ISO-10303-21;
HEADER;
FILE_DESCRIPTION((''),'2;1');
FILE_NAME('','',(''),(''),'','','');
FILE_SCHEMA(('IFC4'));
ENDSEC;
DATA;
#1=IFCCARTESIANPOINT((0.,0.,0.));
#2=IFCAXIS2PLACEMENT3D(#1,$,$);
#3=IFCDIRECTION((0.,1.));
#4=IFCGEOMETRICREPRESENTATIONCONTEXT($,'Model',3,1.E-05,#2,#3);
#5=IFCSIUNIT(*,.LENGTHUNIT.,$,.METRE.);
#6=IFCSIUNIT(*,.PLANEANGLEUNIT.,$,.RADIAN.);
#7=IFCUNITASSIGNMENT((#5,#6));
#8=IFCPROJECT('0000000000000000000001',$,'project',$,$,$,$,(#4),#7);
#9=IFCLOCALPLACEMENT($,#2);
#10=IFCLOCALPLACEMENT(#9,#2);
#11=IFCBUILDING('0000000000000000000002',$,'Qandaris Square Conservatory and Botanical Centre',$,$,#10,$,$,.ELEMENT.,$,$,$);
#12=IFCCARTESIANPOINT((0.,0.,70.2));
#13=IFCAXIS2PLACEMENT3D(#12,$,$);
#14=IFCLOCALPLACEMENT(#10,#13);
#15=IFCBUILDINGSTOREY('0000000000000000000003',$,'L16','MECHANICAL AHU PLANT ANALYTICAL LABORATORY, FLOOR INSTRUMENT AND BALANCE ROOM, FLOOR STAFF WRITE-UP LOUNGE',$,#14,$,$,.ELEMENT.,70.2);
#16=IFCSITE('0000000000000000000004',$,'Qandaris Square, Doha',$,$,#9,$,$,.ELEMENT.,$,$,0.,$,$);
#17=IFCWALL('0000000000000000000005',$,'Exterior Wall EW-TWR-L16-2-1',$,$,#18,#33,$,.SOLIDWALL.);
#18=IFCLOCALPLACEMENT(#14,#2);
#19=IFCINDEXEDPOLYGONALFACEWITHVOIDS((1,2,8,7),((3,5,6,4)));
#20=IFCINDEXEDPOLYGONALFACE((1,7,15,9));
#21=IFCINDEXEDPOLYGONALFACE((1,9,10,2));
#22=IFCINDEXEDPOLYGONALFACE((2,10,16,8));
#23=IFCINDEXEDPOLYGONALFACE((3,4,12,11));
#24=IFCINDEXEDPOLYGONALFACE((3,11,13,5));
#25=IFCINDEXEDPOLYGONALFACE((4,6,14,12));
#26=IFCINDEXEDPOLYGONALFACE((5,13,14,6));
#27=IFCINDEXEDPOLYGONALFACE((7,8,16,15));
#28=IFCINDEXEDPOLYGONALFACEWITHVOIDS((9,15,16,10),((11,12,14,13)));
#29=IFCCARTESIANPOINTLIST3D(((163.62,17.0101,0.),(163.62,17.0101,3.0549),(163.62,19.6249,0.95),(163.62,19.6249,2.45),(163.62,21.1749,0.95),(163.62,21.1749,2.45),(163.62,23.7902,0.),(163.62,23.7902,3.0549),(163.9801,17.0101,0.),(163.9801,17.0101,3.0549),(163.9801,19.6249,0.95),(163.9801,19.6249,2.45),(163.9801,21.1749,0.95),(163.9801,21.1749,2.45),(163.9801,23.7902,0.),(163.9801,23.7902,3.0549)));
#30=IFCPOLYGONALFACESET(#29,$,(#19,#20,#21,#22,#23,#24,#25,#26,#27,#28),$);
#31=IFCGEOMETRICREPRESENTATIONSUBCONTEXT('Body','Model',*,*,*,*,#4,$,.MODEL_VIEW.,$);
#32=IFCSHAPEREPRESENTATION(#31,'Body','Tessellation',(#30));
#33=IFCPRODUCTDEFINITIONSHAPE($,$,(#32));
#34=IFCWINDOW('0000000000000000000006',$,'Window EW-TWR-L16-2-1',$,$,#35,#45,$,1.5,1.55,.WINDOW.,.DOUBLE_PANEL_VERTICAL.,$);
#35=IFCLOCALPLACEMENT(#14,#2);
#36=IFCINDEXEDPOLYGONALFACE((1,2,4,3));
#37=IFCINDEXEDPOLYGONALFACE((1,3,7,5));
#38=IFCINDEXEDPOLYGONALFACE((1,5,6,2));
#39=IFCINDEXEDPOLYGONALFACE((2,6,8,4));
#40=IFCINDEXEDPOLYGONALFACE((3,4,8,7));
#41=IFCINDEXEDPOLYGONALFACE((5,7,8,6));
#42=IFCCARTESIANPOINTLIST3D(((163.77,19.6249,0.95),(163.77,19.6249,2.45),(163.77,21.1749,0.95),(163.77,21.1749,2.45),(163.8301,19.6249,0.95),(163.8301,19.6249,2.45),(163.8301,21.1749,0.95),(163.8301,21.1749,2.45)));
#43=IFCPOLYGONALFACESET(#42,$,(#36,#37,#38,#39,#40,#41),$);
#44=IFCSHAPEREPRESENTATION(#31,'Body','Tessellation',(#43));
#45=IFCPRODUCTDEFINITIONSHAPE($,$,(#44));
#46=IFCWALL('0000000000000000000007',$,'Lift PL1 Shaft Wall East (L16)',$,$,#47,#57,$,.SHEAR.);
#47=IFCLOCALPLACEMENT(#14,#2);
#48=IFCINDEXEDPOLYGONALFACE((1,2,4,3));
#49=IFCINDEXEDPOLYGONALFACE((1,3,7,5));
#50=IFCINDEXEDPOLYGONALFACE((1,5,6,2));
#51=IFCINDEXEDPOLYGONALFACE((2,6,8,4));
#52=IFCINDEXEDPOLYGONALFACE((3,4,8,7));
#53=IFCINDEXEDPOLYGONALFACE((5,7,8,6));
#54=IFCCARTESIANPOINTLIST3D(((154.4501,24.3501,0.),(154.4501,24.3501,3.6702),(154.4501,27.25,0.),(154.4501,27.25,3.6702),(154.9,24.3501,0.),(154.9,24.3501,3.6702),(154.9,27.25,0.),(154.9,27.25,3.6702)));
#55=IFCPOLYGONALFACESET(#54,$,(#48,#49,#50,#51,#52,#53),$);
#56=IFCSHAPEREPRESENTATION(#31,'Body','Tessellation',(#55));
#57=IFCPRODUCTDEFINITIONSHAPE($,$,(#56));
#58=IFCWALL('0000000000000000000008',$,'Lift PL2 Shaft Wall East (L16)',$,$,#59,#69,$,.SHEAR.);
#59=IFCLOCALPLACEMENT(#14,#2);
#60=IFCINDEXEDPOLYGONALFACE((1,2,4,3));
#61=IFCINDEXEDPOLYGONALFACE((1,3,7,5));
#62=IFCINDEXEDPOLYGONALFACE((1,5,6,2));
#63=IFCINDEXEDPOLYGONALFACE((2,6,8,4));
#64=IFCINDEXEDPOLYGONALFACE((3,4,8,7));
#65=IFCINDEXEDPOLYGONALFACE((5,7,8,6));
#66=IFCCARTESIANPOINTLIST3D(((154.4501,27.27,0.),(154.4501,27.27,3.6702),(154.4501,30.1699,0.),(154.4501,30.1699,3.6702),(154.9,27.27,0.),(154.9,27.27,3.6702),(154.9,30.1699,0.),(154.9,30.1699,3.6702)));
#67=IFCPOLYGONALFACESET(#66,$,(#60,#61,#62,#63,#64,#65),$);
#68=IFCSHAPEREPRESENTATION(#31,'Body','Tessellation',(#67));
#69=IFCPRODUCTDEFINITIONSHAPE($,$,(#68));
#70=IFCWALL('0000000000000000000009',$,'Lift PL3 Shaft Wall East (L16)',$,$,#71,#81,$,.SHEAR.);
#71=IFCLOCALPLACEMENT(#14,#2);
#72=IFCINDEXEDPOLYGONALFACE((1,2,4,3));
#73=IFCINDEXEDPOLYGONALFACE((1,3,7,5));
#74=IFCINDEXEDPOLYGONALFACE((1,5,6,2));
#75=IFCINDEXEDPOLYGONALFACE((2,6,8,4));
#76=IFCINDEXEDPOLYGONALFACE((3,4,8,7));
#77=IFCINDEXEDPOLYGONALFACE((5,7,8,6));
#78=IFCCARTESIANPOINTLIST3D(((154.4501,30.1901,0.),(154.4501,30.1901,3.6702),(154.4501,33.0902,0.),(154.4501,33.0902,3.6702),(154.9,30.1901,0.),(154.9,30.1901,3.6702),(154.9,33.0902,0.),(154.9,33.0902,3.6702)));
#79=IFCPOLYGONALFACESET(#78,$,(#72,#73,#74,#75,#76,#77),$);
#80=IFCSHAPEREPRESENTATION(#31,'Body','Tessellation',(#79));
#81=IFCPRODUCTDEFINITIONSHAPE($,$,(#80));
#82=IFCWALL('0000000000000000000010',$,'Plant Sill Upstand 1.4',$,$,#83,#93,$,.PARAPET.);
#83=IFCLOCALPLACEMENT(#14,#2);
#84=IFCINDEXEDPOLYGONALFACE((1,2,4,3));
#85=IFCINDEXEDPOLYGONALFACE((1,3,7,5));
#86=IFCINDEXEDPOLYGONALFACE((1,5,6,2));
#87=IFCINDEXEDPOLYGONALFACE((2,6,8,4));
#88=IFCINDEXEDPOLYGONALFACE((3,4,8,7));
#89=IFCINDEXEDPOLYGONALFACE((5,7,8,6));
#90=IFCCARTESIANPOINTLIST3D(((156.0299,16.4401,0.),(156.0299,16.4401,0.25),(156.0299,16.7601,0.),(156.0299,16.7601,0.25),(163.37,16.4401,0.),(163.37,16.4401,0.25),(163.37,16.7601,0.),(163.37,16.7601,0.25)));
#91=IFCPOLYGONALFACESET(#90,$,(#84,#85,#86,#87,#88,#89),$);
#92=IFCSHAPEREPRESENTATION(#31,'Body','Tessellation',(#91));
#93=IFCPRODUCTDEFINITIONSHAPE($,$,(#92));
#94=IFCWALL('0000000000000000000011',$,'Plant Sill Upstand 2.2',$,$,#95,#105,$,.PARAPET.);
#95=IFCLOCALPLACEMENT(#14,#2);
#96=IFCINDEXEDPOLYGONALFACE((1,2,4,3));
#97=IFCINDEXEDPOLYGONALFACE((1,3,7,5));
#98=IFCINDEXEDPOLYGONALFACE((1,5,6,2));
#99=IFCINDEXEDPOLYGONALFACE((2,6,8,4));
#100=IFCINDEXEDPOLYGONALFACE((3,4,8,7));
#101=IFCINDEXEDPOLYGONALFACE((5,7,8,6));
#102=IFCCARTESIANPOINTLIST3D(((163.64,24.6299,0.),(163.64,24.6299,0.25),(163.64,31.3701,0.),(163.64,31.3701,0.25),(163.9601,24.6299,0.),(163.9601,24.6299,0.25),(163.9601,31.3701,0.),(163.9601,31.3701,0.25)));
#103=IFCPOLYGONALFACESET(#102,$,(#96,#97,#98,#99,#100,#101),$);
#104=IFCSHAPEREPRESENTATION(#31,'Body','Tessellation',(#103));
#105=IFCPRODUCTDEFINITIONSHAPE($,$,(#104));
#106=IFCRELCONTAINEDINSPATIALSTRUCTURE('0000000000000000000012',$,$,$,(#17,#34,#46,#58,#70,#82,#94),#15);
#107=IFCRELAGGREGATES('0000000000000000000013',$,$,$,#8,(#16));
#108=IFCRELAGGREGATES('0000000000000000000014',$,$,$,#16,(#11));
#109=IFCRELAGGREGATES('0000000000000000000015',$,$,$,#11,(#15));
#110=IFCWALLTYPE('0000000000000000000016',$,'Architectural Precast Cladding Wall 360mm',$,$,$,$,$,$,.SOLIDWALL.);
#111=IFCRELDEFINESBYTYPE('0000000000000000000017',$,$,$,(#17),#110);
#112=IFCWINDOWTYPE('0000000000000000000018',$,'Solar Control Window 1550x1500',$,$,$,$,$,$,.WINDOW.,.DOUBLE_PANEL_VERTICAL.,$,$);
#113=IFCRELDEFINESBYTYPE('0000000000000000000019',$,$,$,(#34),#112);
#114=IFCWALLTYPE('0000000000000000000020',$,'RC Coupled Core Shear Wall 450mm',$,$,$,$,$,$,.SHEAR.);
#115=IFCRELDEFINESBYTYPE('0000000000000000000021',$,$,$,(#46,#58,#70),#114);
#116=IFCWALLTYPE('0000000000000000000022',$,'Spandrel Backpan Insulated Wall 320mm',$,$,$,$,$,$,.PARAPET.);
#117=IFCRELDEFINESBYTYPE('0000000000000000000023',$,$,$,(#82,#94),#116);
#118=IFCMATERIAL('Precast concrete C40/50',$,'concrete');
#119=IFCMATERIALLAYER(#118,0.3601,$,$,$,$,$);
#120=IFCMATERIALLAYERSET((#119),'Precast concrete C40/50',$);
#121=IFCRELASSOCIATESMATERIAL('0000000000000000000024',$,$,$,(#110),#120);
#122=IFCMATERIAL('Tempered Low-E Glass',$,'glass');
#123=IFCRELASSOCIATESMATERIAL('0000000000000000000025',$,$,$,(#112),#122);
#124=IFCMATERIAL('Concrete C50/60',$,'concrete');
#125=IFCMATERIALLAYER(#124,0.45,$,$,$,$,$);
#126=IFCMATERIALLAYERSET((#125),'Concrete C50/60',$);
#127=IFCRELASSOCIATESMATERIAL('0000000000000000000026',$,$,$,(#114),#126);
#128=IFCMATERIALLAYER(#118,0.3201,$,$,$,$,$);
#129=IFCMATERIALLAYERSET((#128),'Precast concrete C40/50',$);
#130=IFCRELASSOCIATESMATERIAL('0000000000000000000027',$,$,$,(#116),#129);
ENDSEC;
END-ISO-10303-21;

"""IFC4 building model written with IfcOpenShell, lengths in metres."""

from ifc_helpers import new_model, si_unit, direction, frame, frame_2d, origin, place, context, subcontext, project, spatial, rectangle, extrude, material, layer, layer_set, type_object, element, fill, save


model = new_model("IFC4")

# Units and contexts
model_context = context("Model", 3, precision=1e-05, world=origin(), true_north=direction((0.0, 1.0)))
body_context = subcontext(model_context, "Body", "Model", "MODEL_VIEW")
ifc_project = project(units=[si_unit("LENGTHUNIT", "METRE"), si_unit("PLANEANGLEUNIT", "RADIAN")], contexts=[model_context])

# Site, building, storey
site_placement = place(None, origin())
site = spatial("IfcSite", under=ifc_project, at=site_placement, Name="Qandaris Square, Doha", CompositionType="ELEMENT", RefElevation=0.0)
building_placement = place(site_placement, origin())
building = spatial("IfcBuilding", under=site, at=building_placement, Name="Qandaris Square Conservatory and Botanical Centre", CompositionType="ELEMENT")
storey_placement = place(building_placement, frame((0.0, 0.0, 70.2)))
storey = spatial("IfcBuildingStorey", under=building, at=storey_placement, Name="L16", Description="MECHANICAL AHU PLANT ANALYTICAL LABORATORY, FLOOR INSTRUMENT AND BALANCE ROOM, FLOOR STAFF WRITE-UP LOUNGE", CompositionType="ELEMENT", Elevation=70.2)

# Shared definitions
ifc_material_1 = material(Name="Concrete C50/60", Category="concrete")

# Wall, opening, window
ifc_material_2 = material(Name="Precast concrete C40/50", Category="concrete")
ifc_layer_1 = layer(ifc_material_2, 0.3601)
ifc_layer_set_1 = layer_set([ifc_layer_1], Name="Precast concrete C40/50")
wall_type_1 = type_object("IfcWallType", Name="Architectural Precast Cladding Wall 360mm", PredefinedType="SOLIDWALL", material=ifc_layer_set_1)
wall_1_placement = place(storey_placement, frame((163.8, 17.01, 0.0), z_axis=(0.0, 0.0, 1.0), x_axis=(0.0, 1.0, 0.0)))
wall_1 = element("IfcWall", 1, at=wall_1_placement, inside=storey, type_object=wall_type_1, Name="Exterior Wall EW-TWR-L16-2-1", PredefinedType="SOLIDWALL", context=body_context, shape_type="SweptSolid", body=[
    extrude(rectangle(XDim=6.78, YDim=0.3601, at=frame_2d((3.3901, 0.0))), origin(), (0.0, 0.0, 1.0), 3.0549),
])
opening_placement = place(wall_1_placement, frame((2.615, 0.0, 0.95)))
opening = element("IfcOpeningElement", 2, at=opening_placement, cuts=wall_1, PredefinedType="OPENING", context=body_context, shape_type="SweptSolid", body=[
    extrude(rectangle(XDim=1.55, YDim=1.5, at=frame_2d((0.7749, 0.75))), frame((0.0, 0.1919, 0.0), z_axis=(0.0, -1.0, 0.0), x_axis=(1.0, 0.0, 0.0)), (0.0, 0.0, 1.0), 0.384),
])
ifc_material_3 = material(Name="Tempered Low-E Glass", Category="glass")
window_type = type_object("IfcWindowType", Name="Solar Control Window 1550x1500", PartitioningType="DOUBLE_PANEL_VERTICAL", PredefinedType="WINDOW", material=ifc_material_3)
window_placement = place(opening_placement, origin())
window = element("IfcWindow", 3, at=window_placement, inside=storey, type_object=window_type, Name="Window EW-TWR-L16-2-1", OverallHeight=1.5, OverallWidth=1.55, PartitioningType="DOUBLE_PANEL_VERTICAL", PredefinedType="WINDOW", context=body_context, shape_type="SweptSolid", body=[
    extrude(rectangle(XDim=1.55, YDim=1.5, at=frame_2d((0.7749, 0.75))), frame((0.0, 0.03, 0.0), z_axis=(0.0, -1.0, 0.0), x_axis=(1.0, 0.0, 0.0)), (0.0, 0.0, 1.0), 0.0601),
])
fill(opening, window)

# Walls
ifc_layer_2 = layer(ifc_material_1, 0.45)
ifc_layer_set_2 = layer_set([ifc_layer_2], Name="Concrete C50/60")
wall_type_2 = type_object("IfcWallType", Name="RC Coupled Core Shear Wall 450mm", PredefinedType="SHEAR", material=ifc_layer_set_2)
for number, where, z_axis, x_axis, name in (
    (4, (154.675, 24.3501, 0.0), (0.0, 0.0, 1.0), (0.0, 1.0, 0.0), "Lift PL1 Shaft Wall East (L16)"),
    (5, (154.675, 27.27, 0.0), (0.0, 0.0, 1.0), (0.0, 1.0, 0.0), "Lift PL2 Shaft Wall East (L16)"),
):
    element("IfcWall", number, at=place(storey_placement, frame(where, z_axis=z_axis, x_axis=x_axis)), inside=storey, type_object=wall_type_2, Name=name, PredefinedType="SHEAR", context=body_context, shape_type="SweptSolid", body=[
        extrude(rectangle(XDim=2.8999, YDim=0.45, at=frame_2d((1.45, 0.0))), origin(), (0.0, 0.0, 1.0), 3.6702),
    ])
wall_2_placement = place(storey_placement, frame((154.675, 30.1899, 0.0), z_axis=(0.0, 0.0, 1.0), x_axis=(0.0, 1.0, 0.0)))
element("IfcWall", 6, at=wall_2_placement, inside=storey, type_object=wall_type_2, Name="Lift PL3 Shaft Wall East (L16)", PredefinedType="SHEAR", context=body_context, shape_type="SweptSolid", body=[
    extrude(rectangle(XDim=2.9001, YDim=0.45, at=frame_2d((1.4502, 0.0))), origin(), (0.0, 0.0, 1.0), 3.6702),
])
ifc_layer_3 = layer(ifc_material_2, 0.3201)
ifc_layer_set_3 = layer_set([ifc_layer_3], Name="Precast concrete C40/50")
wall_type_3 = type_object("IfcWallType", Name="Spandrel Backpan Insulated Wall 320mm", PredefinedType="PARAPET", material=ifc_layer_set_3)
wall_3_placement = place(storey_placement, frame((156.03, 16.6001, 0.0), z_axis=(0.0, 0.0, 1.0), x_axis=(1.0, 0.0, 0.0)))
element("IfcWall", 7, at=wall_3_placement, inside=storey, type_object=wall_type_3, Name="Plant Sill Upstand 1.4", PredefinedType="PARAPET", context=body_context, shape_type="SweptSolid", body=[
    extrude(rectangle(XDim=7.3401, YDim=0.3201, at=frame_2d((3.6699, 0.0))), origin(), (0.0, 0.0, 1.0), 0.25),
])
wall_4_placement = place(storey_placement, frame((163.8, 24.6299, 0.0), z_axis=(0.0, 0.0, 1.0), x_axis=(0.0, 1.0, 0.0)))
element("IfcWall", 8, at=wall_4_placement, inside=storey, type_object=wall_type_3, Name="Plant Sill Upstand 2.2", PredefinedType="PARAPET", context=body_context, shape_type="SweptSolid", body=[
    extrude(rectangle(XDim=6.7402, YDim=0.3201, at=frame_2d((3.3701, 0.0))), origin(), (0.0, 0.0, 1.0), 0.25),
])

save(model, "model.ifc")
